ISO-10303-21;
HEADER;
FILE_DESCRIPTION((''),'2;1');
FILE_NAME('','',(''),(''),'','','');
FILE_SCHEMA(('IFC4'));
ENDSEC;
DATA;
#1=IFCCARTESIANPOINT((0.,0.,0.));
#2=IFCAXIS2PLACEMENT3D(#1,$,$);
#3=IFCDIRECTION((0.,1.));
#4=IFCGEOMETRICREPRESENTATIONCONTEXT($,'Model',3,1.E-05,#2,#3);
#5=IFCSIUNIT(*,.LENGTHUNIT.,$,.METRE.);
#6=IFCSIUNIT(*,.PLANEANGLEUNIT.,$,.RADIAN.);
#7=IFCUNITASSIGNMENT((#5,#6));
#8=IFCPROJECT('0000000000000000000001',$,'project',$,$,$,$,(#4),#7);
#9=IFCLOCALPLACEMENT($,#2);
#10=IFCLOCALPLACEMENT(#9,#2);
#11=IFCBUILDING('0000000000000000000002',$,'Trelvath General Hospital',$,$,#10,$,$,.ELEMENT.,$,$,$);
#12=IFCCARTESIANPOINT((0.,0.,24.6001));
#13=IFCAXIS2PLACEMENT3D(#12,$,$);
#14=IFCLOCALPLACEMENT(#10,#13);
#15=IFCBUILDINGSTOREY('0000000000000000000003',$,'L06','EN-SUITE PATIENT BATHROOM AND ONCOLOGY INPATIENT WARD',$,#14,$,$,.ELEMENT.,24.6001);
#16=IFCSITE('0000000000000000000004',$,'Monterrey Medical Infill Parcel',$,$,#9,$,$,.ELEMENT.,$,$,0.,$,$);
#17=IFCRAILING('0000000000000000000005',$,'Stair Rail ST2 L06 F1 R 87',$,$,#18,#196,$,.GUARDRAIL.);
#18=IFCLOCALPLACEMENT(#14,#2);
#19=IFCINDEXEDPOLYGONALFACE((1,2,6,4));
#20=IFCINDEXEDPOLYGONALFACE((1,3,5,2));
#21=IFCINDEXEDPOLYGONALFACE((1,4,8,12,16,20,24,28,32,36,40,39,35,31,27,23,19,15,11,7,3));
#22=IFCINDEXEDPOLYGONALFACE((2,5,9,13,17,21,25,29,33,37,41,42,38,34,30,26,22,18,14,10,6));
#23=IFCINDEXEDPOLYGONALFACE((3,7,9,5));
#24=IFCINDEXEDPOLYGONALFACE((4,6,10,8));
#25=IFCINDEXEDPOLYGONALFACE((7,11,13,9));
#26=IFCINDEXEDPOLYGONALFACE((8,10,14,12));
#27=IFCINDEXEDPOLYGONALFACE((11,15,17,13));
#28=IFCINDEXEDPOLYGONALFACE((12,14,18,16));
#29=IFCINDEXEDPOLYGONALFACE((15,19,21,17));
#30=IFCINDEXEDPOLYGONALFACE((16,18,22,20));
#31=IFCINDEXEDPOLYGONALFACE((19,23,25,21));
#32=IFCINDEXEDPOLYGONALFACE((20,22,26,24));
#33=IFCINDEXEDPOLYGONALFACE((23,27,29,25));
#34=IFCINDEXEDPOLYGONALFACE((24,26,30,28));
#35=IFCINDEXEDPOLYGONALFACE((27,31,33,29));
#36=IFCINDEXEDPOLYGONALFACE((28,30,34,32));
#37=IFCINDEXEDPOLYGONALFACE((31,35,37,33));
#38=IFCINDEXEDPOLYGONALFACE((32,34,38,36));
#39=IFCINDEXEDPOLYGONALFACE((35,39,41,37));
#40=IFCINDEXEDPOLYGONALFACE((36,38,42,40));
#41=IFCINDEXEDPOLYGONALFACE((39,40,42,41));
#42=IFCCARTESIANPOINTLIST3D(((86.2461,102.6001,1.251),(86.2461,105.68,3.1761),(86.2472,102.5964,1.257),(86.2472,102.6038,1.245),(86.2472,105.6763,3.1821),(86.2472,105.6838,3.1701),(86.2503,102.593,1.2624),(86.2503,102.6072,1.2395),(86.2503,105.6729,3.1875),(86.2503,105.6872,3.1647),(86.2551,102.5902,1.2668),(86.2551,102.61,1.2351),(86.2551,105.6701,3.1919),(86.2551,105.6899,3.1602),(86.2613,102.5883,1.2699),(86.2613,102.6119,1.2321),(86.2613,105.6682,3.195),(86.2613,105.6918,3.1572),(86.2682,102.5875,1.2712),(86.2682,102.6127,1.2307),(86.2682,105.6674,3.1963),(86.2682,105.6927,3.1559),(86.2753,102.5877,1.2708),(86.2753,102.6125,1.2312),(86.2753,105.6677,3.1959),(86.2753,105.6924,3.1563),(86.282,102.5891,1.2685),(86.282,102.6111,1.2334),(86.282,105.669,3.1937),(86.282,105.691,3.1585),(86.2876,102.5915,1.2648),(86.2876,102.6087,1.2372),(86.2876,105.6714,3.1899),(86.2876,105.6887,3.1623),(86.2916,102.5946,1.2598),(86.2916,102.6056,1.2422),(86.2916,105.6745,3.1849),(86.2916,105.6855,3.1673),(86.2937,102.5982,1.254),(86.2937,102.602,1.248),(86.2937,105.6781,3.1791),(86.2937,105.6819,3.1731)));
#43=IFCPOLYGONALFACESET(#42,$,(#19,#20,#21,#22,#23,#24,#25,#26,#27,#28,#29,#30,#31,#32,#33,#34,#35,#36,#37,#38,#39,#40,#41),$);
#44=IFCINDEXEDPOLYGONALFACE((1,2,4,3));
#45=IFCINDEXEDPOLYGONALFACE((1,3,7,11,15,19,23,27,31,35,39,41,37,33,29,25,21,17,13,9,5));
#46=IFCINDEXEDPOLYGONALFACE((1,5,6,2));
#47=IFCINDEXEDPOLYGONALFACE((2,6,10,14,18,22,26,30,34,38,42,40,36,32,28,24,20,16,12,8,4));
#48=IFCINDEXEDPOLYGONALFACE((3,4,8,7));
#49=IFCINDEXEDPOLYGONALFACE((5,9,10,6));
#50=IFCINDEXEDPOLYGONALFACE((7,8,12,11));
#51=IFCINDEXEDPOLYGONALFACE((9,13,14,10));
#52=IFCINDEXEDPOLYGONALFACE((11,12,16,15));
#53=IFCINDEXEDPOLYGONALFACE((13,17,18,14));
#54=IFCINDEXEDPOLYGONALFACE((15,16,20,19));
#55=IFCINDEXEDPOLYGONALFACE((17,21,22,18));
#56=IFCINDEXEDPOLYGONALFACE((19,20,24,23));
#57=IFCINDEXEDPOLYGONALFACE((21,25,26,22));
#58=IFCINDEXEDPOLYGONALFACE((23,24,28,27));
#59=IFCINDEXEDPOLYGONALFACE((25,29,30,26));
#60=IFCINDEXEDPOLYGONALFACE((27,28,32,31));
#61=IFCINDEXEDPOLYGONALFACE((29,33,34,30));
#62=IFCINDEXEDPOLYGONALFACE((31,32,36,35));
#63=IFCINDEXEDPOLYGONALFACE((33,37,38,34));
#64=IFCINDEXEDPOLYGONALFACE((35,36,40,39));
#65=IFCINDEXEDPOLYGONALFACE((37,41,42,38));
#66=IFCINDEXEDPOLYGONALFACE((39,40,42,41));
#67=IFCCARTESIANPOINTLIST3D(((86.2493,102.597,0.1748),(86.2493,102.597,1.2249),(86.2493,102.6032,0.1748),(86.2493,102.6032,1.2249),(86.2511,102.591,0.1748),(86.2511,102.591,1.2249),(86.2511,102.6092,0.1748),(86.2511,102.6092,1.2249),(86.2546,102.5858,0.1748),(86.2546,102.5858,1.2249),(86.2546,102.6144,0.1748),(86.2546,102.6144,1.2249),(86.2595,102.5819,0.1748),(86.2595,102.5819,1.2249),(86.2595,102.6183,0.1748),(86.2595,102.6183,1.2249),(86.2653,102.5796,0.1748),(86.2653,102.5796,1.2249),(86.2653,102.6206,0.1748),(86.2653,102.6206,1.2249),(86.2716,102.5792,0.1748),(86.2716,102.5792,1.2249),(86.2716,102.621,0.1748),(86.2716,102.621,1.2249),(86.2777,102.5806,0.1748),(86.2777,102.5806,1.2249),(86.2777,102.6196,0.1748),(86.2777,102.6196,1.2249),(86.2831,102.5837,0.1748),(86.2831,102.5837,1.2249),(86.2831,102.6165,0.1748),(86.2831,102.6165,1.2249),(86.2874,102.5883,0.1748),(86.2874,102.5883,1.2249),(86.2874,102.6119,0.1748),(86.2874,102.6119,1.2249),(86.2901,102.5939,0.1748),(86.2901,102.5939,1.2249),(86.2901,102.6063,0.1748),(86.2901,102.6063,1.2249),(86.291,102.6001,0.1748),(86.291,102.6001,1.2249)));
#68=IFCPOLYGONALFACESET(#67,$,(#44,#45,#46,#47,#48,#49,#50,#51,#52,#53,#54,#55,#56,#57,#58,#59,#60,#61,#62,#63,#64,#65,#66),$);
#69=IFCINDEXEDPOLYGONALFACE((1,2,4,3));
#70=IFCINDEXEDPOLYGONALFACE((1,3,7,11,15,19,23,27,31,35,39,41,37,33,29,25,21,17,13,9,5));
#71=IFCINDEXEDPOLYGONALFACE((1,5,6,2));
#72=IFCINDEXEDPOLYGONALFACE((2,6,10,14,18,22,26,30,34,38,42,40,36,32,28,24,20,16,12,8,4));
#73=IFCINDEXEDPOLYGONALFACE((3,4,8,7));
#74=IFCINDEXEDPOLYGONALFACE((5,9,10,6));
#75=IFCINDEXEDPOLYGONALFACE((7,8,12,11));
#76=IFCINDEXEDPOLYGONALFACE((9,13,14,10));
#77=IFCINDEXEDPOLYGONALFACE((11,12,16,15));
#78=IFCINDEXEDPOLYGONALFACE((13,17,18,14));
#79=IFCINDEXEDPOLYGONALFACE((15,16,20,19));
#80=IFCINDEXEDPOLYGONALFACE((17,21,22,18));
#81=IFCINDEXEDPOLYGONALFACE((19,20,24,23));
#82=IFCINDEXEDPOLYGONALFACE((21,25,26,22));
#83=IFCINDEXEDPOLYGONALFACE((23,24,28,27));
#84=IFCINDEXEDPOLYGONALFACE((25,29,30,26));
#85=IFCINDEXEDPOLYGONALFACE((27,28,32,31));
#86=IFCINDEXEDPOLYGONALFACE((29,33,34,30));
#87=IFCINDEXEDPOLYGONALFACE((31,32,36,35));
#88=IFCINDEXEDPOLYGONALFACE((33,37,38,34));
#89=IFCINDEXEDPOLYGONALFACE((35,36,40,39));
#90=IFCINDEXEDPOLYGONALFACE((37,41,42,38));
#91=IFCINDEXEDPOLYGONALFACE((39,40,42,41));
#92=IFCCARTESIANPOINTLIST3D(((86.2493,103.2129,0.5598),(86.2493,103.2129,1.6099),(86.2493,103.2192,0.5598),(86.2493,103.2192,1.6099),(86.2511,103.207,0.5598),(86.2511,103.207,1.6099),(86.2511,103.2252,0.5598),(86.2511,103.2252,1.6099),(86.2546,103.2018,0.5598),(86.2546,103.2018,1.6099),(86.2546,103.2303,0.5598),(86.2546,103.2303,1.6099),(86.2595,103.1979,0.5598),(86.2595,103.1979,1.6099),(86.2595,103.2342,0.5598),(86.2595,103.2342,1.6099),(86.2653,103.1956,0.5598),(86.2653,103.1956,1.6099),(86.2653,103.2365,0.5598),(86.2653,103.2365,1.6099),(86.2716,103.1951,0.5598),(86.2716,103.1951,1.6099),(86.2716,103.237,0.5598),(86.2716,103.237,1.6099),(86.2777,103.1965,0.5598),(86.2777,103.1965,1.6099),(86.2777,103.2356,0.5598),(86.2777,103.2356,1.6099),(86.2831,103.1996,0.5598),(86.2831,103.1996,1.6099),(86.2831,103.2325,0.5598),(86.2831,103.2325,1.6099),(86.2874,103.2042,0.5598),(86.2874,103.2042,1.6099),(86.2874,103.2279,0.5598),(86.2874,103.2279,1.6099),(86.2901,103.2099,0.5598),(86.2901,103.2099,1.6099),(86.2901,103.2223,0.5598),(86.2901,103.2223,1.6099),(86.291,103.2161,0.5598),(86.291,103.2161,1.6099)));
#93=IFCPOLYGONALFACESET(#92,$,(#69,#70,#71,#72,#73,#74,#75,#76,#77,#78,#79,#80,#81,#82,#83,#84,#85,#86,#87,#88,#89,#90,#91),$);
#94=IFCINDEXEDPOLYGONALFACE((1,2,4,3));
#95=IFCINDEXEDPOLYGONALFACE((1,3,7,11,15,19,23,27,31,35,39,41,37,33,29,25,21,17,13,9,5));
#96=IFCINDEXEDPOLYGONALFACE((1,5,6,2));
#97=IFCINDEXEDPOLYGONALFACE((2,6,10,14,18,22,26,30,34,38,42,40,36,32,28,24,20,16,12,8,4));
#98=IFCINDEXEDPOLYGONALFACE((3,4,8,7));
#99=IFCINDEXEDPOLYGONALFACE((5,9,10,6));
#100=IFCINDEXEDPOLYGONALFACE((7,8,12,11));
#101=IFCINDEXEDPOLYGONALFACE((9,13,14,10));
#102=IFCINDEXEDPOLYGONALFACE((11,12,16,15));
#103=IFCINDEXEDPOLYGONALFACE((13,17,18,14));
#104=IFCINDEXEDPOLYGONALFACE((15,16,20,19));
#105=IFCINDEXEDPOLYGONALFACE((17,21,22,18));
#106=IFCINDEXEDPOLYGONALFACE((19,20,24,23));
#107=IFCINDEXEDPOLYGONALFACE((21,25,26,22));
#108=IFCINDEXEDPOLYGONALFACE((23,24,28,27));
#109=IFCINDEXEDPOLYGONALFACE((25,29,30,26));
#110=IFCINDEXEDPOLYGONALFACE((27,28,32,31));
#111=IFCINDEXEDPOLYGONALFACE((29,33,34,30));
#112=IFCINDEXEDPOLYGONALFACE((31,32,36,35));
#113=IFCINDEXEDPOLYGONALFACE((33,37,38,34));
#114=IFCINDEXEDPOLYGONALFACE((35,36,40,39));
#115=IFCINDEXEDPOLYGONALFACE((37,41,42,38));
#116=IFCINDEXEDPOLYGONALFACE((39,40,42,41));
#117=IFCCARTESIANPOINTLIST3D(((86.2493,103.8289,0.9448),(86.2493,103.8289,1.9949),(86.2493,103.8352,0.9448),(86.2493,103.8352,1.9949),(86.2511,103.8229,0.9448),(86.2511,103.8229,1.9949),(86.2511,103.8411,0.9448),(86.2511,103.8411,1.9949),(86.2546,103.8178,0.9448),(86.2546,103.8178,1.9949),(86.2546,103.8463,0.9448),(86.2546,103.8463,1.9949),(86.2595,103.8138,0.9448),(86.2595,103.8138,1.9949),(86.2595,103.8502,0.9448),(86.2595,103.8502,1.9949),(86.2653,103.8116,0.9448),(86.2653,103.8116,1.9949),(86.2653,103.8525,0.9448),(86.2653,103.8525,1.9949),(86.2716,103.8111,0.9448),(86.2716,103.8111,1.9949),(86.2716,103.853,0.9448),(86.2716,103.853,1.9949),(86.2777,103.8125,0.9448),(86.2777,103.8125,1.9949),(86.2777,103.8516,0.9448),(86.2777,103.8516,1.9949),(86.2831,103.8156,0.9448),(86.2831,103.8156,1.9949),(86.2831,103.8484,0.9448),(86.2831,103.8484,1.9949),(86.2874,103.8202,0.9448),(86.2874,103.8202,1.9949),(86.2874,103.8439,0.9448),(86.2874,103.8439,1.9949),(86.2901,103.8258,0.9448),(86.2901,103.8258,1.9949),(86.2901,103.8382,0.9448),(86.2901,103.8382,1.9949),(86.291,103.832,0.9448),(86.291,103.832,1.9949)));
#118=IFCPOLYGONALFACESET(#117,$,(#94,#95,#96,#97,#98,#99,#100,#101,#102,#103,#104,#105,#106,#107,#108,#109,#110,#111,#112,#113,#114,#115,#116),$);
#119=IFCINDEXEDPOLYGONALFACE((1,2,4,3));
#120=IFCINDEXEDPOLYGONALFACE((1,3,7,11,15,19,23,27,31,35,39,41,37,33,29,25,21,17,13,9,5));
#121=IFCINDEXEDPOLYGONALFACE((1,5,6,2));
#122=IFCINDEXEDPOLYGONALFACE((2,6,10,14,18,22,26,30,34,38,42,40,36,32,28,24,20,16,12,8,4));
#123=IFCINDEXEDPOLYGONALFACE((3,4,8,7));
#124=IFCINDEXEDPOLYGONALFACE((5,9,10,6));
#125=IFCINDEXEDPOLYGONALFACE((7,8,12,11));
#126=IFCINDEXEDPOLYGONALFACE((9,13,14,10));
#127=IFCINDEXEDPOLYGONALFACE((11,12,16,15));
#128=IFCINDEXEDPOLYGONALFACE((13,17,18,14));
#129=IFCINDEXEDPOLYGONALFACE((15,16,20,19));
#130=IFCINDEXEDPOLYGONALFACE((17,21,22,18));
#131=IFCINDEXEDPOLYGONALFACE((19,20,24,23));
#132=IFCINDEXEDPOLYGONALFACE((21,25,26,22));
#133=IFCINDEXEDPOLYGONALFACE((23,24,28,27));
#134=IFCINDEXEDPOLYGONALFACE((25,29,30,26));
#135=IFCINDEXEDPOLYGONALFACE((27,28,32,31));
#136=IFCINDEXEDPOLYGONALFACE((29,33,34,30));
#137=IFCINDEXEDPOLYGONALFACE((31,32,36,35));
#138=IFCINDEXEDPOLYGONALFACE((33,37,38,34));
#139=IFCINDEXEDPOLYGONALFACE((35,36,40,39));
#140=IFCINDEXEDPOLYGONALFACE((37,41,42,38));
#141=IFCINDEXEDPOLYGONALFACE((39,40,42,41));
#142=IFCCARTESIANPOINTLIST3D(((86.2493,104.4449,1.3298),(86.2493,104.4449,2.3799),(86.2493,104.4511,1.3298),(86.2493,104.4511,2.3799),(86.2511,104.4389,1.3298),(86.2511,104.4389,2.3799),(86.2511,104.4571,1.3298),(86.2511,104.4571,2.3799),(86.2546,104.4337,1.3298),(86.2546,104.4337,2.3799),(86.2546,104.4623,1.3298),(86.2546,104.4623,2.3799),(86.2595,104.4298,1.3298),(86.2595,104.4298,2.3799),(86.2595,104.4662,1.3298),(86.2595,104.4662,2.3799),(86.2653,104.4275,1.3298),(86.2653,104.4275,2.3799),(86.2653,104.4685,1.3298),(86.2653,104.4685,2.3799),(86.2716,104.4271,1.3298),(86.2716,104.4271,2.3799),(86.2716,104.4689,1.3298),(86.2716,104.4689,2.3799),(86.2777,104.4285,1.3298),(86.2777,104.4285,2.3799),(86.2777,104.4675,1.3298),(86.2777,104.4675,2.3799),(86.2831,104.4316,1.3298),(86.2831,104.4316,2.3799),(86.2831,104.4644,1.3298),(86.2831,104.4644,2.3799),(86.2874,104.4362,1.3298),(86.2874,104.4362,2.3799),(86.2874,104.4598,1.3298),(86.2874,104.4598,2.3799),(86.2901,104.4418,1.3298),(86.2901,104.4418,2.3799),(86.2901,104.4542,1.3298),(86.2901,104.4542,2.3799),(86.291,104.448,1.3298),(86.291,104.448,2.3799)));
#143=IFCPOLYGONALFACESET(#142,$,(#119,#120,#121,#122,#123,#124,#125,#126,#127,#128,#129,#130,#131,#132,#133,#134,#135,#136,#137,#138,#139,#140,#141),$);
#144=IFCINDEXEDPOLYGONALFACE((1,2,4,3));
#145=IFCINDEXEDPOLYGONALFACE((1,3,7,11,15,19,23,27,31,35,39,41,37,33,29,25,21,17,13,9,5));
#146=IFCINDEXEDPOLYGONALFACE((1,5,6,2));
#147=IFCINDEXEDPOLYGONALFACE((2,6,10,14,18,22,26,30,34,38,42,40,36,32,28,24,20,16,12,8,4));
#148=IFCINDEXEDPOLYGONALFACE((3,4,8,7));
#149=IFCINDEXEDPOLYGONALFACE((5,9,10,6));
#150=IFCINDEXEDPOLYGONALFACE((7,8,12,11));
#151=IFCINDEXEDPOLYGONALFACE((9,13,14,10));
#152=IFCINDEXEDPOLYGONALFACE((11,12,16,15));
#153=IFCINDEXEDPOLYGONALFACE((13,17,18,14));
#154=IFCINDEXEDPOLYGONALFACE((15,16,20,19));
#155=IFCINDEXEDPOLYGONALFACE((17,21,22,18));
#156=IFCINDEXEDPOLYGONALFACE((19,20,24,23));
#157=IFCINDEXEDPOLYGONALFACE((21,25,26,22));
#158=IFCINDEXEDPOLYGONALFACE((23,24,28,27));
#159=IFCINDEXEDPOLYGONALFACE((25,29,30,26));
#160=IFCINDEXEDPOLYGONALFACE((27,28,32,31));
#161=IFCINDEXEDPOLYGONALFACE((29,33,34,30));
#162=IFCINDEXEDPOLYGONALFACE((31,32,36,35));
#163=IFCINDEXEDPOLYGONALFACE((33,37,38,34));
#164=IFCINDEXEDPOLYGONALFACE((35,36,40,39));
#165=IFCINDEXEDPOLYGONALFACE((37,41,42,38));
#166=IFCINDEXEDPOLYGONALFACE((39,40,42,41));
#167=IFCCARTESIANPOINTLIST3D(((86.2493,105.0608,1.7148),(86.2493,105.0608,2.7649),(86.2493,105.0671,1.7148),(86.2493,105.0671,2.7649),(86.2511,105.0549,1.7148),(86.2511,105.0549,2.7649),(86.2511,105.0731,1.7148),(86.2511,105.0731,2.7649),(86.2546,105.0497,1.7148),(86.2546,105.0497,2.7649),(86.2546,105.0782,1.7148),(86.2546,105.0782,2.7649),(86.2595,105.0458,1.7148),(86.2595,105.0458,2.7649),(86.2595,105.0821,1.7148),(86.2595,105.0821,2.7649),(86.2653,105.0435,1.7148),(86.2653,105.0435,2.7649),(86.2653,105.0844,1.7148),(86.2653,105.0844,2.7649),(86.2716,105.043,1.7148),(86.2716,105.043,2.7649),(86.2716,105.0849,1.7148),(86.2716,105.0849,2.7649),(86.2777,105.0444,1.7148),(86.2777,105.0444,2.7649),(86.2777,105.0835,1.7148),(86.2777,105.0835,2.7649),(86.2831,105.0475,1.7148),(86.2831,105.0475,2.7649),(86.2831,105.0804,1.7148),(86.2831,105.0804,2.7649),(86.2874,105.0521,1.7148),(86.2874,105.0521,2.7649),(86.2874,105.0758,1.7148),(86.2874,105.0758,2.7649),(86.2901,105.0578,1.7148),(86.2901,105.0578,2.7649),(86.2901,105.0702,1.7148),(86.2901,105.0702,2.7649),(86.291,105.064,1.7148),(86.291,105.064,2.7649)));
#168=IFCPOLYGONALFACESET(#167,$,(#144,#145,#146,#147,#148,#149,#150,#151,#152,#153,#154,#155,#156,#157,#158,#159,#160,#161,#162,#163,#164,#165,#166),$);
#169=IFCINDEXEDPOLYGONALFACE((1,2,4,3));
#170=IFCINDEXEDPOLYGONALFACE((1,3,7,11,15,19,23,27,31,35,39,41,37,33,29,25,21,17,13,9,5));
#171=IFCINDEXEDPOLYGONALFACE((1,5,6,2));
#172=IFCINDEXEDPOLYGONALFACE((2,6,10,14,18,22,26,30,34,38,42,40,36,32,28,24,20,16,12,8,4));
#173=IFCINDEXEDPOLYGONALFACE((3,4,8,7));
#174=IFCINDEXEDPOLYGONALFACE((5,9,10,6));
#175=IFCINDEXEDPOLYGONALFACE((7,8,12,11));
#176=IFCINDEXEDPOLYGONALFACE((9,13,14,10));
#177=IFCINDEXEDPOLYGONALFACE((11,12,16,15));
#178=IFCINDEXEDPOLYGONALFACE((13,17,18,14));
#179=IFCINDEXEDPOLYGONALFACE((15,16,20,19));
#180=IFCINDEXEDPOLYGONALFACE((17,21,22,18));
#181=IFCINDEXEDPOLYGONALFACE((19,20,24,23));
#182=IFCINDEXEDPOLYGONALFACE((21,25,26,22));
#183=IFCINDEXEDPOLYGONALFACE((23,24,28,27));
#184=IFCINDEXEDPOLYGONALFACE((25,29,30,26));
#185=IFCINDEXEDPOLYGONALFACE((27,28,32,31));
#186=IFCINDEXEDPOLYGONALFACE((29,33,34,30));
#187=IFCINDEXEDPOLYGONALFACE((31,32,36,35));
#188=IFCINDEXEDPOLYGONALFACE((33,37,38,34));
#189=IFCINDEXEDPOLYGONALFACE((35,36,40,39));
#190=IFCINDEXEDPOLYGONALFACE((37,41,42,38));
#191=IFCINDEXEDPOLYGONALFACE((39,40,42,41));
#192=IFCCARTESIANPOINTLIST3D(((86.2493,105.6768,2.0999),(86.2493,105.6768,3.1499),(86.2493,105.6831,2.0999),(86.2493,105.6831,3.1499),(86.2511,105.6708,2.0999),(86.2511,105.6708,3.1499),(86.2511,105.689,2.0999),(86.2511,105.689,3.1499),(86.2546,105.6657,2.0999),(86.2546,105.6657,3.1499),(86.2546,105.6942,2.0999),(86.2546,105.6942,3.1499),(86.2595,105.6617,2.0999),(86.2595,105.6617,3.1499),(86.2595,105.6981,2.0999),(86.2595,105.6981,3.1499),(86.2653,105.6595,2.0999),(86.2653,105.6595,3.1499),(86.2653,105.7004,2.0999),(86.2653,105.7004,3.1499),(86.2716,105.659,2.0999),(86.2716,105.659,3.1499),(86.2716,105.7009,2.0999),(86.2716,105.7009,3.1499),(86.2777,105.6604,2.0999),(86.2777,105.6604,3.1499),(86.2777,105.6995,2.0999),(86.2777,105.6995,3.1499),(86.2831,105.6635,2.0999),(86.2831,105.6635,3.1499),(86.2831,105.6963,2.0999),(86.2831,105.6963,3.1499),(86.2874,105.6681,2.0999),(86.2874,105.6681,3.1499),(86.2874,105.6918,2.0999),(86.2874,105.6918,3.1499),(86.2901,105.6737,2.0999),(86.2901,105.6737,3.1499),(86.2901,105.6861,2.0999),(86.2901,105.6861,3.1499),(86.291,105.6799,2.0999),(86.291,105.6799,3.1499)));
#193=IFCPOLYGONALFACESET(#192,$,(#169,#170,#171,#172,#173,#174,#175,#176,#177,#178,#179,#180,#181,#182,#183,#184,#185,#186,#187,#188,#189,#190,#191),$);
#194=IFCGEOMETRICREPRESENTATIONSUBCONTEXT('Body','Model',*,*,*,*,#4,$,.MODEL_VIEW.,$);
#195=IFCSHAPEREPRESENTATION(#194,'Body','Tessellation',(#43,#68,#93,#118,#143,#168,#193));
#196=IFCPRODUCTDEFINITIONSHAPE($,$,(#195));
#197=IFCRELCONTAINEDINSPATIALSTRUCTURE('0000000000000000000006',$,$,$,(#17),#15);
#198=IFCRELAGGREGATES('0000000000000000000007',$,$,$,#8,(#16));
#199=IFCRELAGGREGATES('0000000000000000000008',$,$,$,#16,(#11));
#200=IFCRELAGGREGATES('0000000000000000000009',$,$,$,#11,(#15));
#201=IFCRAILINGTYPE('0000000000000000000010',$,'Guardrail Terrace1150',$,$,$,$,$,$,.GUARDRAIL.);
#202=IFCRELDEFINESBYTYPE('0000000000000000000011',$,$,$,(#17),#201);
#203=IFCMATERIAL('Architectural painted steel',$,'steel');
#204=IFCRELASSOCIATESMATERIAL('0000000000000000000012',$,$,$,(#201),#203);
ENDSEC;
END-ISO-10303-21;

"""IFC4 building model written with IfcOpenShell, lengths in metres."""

from ifc_helpers import new_model, si_unit, direction, frame, origin, origin_2d, place, context, subcontext, project, spatial, circle, extrude, material, type_object, element, save


model = new_model("IFC4")

# Units and contexts
model_context = context("Model", 3, precision=1e-05, world=origin(), true_north=direction((0.0, 1.0)))
body_context = subcontext(model_context, "Body", "Model", "MODEL_VIEW")
ifc_project = project(units=[si_unit("LENGTHUNIT", "METRE"), si_unit("PLANEANGLEUNIT", "RADIAN")], contexts=[model_context])

# Site, building, storey
site_placement = place(None, origin())
site = spatial("IfcSite", under=ifc_project, at=site_placement, Name="Monterrey Medical Infill Parcel", CompositionType="ELEMENT", RefElevation=0.0)
building_placement = place(site_placement, origin())
building = spatial("IfcBuilding", under=site, at=building_placement, Name="Trelvath General Hospital", CompositionType="ELEMENT")
storey_placement = place(building_placement, frame((0.0, 0.0, 24.6001)))
storey = spatial("IfcBuildingStorey", under=building, at=storey_placement, Name="L06", Description="EN-SUITE PATIENT BATHROOM AND ONCOLOGY INPATIENT WARD", CompositionType="ELEMENT", Elevation=24.6001)

# Railing
ifc_material_1 = material(Name="Architectural painted steel", Category="steel")
railing_type_1 = type_object("IfcRailingType", Name="Guardrail Terrace1150", PredefinedType="GUARDRAIL", material=ifc_material_1)
railing_1_placement = place(storey_placement, frame((86.27, 102.6001, 0.1748)))
element("IfcRailing", 1, at=railing_1_placement, inside=storey, type_object=railing_type_1, Name="Stair Rail ST2 L06 F1 R 87", PredefinedType="GUARDRAIL", context=body_context, shape_type="SweptSolid", body=[
    extrude(circle(Radius=0.0239, at=origin_2d()), frame((0.0, 0.0, 1.0762), z_axis=(0.0, 0.847979, 0.530029), x_axis=(-1.0, 0.0, 0.0)), (0.0, 0.0, 1.0), 3.6321),
    extrude(circle(Radius=0.021, at=origin_2d()), origin(), (0.0, 0.0, 1.0), 1.05),
    extrude(circle(Radius=0.021, at=origin_2d()), frame((0.0, 0.616, 0.385)), (0.0, 0.0, 1.0), 1.05),
    extrude(circle(Radius=0.021, at=origin_2d()), frame((0.0, 1.2319, 0.77)), (0.0, 0.0, 1.0), 1.05),
    extrude(circle(Radius=0.021, at=origin_2d()), frame((0.0, 1.8479, 1.155)), (0.0, 0.0, 1.0), 1.05),
    extrude(circle(Radius=0.021, at=origin_2d()), frame((0.0, 2.4639, 1.54)), (0.0, 0.0, 1.0), 1.05),
    extrude(circle(Radius=0.021, at=origin_2d()), frame((0.0, 3.0798, 1.925)), (0.0, 0.0, 1.0), 1.05),
])

save(model, "model.ifc")
